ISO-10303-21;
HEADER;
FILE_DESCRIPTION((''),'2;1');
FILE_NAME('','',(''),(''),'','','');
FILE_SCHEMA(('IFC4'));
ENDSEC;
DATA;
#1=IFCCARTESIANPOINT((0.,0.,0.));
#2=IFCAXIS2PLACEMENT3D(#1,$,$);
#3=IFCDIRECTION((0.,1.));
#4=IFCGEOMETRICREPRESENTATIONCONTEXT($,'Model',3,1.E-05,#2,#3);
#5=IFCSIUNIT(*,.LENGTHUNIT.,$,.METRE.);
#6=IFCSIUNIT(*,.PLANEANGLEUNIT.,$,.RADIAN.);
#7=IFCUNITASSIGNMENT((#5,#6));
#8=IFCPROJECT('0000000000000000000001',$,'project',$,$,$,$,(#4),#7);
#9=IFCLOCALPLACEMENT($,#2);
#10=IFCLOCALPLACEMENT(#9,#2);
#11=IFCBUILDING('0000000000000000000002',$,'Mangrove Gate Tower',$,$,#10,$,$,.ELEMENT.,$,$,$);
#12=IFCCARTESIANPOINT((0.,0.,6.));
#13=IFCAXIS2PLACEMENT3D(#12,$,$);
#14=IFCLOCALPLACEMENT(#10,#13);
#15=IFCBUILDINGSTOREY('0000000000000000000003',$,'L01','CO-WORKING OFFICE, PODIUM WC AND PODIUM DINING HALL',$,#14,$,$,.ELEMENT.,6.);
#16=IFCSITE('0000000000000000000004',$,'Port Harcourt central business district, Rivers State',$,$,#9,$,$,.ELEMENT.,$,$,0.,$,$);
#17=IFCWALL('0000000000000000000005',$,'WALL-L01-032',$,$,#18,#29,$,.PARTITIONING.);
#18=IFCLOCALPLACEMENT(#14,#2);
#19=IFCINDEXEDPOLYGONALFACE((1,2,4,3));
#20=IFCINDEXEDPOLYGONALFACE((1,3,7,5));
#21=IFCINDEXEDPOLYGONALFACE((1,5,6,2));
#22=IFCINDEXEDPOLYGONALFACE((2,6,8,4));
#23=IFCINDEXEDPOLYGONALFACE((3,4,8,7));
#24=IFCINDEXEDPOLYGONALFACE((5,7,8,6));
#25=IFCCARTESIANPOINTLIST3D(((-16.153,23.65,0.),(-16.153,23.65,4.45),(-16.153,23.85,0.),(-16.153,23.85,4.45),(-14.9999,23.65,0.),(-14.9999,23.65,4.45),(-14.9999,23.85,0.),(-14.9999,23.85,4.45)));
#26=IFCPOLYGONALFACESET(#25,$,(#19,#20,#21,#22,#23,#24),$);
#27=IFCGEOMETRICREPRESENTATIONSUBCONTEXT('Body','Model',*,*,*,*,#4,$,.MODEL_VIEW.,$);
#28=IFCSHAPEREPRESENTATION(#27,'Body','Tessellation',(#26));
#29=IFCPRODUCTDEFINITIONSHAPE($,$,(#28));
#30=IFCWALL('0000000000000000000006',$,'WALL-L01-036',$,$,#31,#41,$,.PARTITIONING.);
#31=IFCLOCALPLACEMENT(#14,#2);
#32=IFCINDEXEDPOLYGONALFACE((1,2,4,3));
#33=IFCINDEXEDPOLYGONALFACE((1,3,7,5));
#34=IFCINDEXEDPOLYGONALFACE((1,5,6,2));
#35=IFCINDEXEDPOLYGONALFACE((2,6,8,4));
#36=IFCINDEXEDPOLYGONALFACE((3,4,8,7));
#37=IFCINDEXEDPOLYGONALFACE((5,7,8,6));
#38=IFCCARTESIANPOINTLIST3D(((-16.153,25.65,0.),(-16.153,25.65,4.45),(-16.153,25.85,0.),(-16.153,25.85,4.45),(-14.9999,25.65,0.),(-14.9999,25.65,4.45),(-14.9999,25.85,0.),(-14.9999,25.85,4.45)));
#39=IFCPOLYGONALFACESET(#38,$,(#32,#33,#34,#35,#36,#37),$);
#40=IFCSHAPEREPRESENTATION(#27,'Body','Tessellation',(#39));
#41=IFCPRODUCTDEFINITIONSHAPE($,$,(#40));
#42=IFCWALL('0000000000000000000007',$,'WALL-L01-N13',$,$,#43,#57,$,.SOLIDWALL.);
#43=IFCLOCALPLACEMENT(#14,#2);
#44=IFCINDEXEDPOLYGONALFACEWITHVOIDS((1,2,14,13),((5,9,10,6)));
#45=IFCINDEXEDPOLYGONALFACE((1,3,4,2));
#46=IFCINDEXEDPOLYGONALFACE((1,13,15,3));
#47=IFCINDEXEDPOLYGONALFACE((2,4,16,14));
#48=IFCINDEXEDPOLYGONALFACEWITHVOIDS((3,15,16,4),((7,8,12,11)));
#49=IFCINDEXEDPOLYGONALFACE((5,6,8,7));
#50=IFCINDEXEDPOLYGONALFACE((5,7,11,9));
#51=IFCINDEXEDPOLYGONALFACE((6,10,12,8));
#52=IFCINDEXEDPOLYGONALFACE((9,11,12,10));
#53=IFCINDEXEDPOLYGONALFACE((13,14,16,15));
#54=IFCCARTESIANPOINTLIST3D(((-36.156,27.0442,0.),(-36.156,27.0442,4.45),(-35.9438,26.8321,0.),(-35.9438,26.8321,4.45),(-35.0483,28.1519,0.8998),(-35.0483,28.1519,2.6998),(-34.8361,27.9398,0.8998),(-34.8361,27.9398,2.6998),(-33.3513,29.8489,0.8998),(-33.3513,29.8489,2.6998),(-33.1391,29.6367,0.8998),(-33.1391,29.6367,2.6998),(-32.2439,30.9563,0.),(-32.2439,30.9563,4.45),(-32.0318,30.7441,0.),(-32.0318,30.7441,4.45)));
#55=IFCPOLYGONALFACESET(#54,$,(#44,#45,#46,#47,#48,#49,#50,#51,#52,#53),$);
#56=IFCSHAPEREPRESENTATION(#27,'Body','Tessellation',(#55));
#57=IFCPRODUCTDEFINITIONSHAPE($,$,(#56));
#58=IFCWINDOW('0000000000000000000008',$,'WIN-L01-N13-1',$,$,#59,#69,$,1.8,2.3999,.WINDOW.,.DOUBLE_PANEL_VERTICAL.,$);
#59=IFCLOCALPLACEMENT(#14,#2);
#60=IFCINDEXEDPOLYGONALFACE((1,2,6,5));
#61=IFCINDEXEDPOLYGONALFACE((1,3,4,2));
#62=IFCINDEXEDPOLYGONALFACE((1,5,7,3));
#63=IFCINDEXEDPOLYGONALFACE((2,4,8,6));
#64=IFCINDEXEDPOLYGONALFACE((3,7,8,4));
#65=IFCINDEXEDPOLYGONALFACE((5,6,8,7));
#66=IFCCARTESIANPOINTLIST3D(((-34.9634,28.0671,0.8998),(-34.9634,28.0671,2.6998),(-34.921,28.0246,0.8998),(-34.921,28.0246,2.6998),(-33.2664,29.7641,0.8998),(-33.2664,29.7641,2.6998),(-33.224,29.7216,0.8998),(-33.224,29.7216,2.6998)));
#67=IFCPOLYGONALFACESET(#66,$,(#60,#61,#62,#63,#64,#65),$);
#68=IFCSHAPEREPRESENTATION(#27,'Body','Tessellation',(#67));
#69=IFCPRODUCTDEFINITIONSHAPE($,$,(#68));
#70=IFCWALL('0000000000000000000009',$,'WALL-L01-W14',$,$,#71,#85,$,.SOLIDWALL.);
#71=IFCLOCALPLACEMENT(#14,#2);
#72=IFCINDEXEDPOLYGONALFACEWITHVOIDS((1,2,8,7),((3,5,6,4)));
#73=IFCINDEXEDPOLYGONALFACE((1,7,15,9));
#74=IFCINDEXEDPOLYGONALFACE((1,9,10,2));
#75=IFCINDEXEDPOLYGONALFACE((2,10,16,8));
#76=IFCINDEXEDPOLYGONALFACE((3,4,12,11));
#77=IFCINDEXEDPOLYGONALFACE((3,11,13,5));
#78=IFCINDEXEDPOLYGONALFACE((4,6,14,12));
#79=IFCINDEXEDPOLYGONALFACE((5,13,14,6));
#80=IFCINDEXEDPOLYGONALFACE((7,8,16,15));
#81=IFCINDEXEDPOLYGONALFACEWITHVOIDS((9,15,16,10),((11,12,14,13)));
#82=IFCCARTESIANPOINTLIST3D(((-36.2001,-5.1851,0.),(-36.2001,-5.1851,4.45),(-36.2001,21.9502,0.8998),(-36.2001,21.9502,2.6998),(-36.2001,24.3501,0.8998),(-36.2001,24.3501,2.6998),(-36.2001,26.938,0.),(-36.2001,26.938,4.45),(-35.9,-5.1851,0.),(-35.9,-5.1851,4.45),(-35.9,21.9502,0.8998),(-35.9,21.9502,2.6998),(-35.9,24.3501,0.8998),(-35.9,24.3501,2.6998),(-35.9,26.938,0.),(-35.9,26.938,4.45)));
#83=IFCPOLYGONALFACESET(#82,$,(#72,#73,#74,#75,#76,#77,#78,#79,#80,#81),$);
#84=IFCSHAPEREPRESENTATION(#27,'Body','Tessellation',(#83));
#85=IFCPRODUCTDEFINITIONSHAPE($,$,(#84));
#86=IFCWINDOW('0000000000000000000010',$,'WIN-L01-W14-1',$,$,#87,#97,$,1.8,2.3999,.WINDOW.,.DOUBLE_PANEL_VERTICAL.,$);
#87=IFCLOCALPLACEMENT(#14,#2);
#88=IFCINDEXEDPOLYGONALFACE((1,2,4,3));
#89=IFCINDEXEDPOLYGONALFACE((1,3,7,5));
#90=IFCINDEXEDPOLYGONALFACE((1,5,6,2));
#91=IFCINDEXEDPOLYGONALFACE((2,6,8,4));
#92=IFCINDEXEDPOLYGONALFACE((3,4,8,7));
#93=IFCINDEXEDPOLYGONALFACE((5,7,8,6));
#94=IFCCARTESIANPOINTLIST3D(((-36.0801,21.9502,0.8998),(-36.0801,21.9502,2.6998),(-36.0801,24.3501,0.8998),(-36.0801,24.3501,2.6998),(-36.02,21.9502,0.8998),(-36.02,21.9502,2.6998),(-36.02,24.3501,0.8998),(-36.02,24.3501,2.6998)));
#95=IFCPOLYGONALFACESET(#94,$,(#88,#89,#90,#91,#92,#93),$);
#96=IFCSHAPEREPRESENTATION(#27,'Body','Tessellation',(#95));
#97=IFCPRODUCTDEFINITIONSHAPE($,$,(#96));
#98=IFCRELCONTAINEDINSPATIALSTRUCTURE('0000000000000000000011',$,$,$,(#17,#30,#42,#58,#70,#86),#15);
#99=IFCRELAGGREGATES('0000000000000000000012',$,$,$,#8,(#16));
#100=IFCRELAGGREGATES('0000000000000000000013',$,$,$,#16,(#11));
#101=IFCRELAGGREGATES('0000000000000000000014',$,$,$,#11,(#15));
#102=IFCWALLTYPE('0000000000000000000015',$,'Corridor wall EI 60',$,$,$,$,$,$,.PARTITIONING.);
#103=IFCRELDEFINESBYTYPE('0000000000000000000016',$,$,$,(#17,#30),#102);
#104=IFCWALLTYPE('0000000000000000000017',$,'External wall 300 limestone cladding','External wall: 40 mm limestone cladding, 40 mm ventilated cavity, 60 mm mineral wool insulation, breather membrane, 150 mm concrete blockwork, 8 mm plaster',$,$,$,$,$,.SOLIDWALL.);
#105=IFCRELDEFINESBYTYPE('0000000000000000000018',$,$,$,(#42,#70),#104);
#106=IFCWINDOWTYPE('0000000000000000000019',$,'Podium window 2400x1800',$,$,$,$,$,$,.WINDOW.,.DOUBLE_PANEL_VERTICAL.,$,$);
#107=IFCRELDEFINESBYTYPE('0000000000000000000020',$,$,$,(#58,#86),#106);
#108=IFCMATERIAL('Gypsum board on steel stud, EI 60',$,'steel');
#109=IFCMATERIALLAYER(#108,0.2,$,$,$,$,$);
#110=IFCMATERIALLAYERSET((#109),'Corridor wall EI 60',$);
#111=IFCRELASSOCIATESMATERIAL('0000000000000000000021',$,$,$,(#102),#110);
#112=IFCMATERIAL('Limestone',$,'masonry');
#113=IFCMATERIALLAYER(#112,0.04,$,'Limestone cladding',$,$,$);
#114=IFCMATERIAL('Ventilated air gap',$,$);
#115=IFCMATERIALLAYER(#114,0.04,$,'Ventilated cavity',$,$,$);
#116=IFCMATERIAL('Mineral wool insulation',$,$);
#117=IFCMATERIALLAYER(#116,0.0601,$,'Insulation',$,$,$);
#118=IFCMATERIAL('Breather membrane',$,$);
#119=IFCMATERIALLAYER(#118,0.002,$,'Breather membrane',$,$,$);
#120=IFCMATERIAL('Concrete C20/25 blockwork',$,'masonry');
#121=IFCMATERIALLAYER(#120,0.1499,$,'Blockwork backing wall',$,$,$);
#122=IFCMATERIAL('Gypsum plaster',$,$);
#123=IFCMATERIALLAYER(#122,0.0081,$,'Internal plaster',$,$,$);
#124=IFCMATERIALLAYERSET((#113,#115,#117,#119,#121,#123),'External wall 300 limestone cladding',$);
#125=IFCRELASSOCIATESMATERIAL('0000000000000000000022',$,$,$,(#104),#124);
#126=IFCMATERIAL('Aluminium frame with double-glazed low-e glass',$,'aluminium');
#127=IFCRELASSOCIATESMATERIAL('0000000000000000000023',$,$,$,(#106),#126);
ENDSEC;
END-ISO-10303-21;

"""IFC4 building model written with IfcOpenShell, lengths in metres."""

from ifc_helpers import new_model, si_unit, direction, frame, frame_2d, origin, place, context, subcontext, project, spatial, rectangle, extrude, material, layer, layer_set, type_object, element, fill, save


model = new_model("IFC4")

# Units and contexts
model_context = context("Model", 3, precision=1e-05, world=origin(), true_north=direction((0.0, 1.0)))
body_context = subcontext(model_context, "Body", "Model", "MODEL_VIEW")
ifc_project = project(units=[si_unit("LENGTHUNIT", "METRE"), si_unit("PLANEANGLEUNIT", "RADIAN")], contexts=[model_context])

# Site, building, storey
site_placement = place(None, origin())
site = spatial("IfcSite", under=ifc_project, at=site_placement, Name="Port Harcourt central business district, Rivers State", CompositionType="ELEMENT", RefElevation=0.0)
building_placement = place(site_placement, origin())
building = spatial("IfcBuilding", under=site, at=building_placement, Name="Mangrove Gate Tower", CompositionType="ELEMENT")
storey_placement = place(building_placement, frame((0.0, 0.0, 6.0)))
storey = spatial("IfcBuildingStorey", under=building, at=storey_placement, Name="L01", Description="CO-WORKING OFFICE, PODIUM WC AND PODIUM DINING HALL", CompositionType="ELEMENT", Elevation=6.0)

# Walls
ifc_material_1 = material(Name="Gypsum board on steel stud, EI 60", Category="steel")
ifc_layer_1 = layer(ifc_material_1, 0.2)
ifc_layer_set_1 = layer_set([ifc_layer_1], Name="Corridor wall EI 60")
wall_type_1 = type_object("IfcWallType", Name="Corridor wall EI 60", PredefinedType="PARTITIONING", material=ifc_layer_set_1)
for number, where, z_axis, x_axis, name in (
    (1, (-16.1531, 23.75, 0.0), (0.0, 0.0, 1.0), (1.0, 0.0, 0.0), "WALL-L01-032"),
    (2, (-16.1531, 25.75, 0.0), (0.0, 0.0, 1.0), (1.0, 0.0, 0.0), "WALL-L01-036"),
):
    element("IfcWall", number, at=place(storey_placement, frame(where, z_axis=z_axis, x_axis=x_axis)), inside=storey, type_object=wall_type_1, Name=name, PredefinedType="PARTITIONING", context=body_context, shape_type="SweptSolid", body=[
        extrude(rectangle(XDim=1.1531, YDim=0.2, at=frame_2d((0.5767, 0.0))), origin(), (0.0, 0.0, 1.0), 4.45),
    ])

# Walls, openings, windows
ifc_material_2 = material(Name="Limestone", Category="masonry")
ifc_layer_2 = layer(ifc_material_2, 0.04, Name="Limestone cladding")
ifc_material_3 = material(Name="Ventilated air gap")
ifc_layer_3 = layer(ifc_material_3, 0.04, Name="Ventilated cavity")
ifc_material_4 = material(Name="Mineral wool insulation")
ifc_layer_4 = layer(ifc_material_4, 0.0601, Name="Insulation")
ifc_material_5 = material(Name="Breather membrane")
ifc_layer_5 = layer(ifc_material_5, 0.002, Name="Breather membrane")
ifc_material_6 = material(Name="Concrete C20/25 blockwork", Category="masonry")
ifc_layer_6 = layer(ifc_material_6, 0.1499, Name="Blockwork backing wall")
ifc_material_7 = material(Name="Gypsum plaster")
ifc_layer_7 = layer(ifc_material_7, 0.0081, Name="Internal plaster")
ifc_layer_set_2 = layer_set([ifc_layer_2, ifc_layer_3, ifc_layer_4, ifc_layer_5, ifc_layer_6, ifc_layer_7], Name="External wall 300 limestone cladding")
wall_type_2 = type_object("IfcWallType", Name="External wall 300 limestone cladding", Description="External wall: 40 mm limestone cladding, 40 mm ventilated cavity, 60 mm mineral wool insulation, breather membrane, 150 mm concrete blockwork, 8 mm plaster", PredefinedType="SOLIDWALL", material=ifc_layer_set_2)
wall_1_placement = place(storey_placement, frame((-32.1379, 30.8501, 0.0), z_axis=(0.0, 0.0, 1.0), x_axis=(-0.707107, -0.707107, 0.0)))
wall_1 = element("IfcWall", 3, at=wall_1_placement, inside=storey, type_object=wall_type_2, Name="WALL-L01-N13", PredefinedType="SOLIDWALL", context=body_context, shape_type="SweptSolid", body=[
    extrude(rectangle(XDim=5.5325, YDim=0.3, at=frame_2d((2.7661, 0.0))), origin(), (0.0, 0.0, 1.0), 4.45),
])
opening_1_placement = place(wall_1_placement, frame((1.5659, 0.0, 0.8999)))
opening_1 = element("IfcOpeningElement", 4, at=opening_1_placement, cuts=wall_1, PredefinedType="OPENING", context=body_context, shape_type="SweptSolid", body=[
    extrude(rectangle(XDim=2.3999, YDim=1.8, at=frame_2d((1.2, 0.8999))), frame((0.0, 0.1599, 0.0), z_axis=(0.0, -1.0, 0.0), x_axis=(1.0, 0.0, 0.0)), (0.0, 0.0, 1.0), 0.3201),
])
ifc_material_8 = material(Name="Aluminium frame with double-glazed low-e glass", Category="aluminium")
window_type = type_object("IfcWindowType", Name="Podium window 2400x1800", PartitioningType="DOUBLE_PANEL_VERTICAL", PredefinedType="WINDOW", material=ifc_material_8)
window_1_placement = place(opening_1_placement, origin())
window_1 = element("IfcWindow", 5, at=window_1_placement, inside=storey, type_object=window_type, Name="WIN-L01-N13-1", OverallHeight=1.8, OverallWidth=2.3999, PartitioningType="DOUBLE_PANEL_VERTICAL", PredefinedType="WINDOW", context=body_context, shape_type="SweptSolid", body=[
    extrude(rectangle(XDim=2.3999, YDim=1.8, at=frame_2d((1.2, 0.8999))), frame((0.0, 0.03, 0.0), z_axis=(0.0, -1.0, 0.0), x_axis=(1.0, 0.0, 0.0)), (0.0, 0.0, 1.0), 0.0601),
])
fill(opening_1, window_1)
wall_2_placement = place(storey_placement, frame((-36.05, 26.938, 0.0), z_axis=(0.0, 0.0, 1.0), x_axis=(0.0, -1.0, 0.0)))
wall_2 = element("IfcWall", 6, at=wall_2_placement, inside=storey, type_object=wall_type_2, Name="WALL-L01-W14", PredefinedType="SOLIDWALL", context=body_context, shape_type="SweptSolid", body=[
    extrude(rectangle(XDim=32.123, YDim=0.3, at=frame_2d((16.0615, 0.0))), origin(), (0.0, 0.0, 1.0), 4.45),
])
opening_2_placement = place(wall_2_placement, frame((2.5879, 0.0, 0.8999)))
opening_2 = element("IfcOpeningElement", 7, at=opening_2_placement, cuts=wall_2, PredefinedType="OPENING", context=body_context, shape_type="SweptSolid", body=[
    extrude(rectangle(XDim=2.3999, YDim=1.8, at=frame_2d((1.2, 0.8999))), frame((0.0, 0.1599, 0.0), z_axis=(0.0, -1.0, 0.0), x_axis=(1.0, 0.0, 0.0)), (0.0, 0.0, 1.0), 0.3201),
])
window_2_placement = place(opening_2_placement, origin())
window_2 = element("IfcWindow", 8, at=window_2_placement, inside=storey, type_object=window_type, Name="WIN-L01-W14-1", OverallHeight=1.8, OverallWidth=2.3999, PartitioningType="DOUBLE_PANEL_VERTICAL", PredefinedType="WINDOW", context=body_context, shape_type="SweptSolid", body=[
    extrude(rectangle(XDim=2.3999, YDim=1.8, at=frame_2d((1.2, 0.8999))), frame((0.0, 0.03, 0.0), z_axis=(0.0, -1.0, 0.0), x_axis=(1.0, 0.0, 0.0)), (0.0, 0.0, 1.0), 0.0601),
])
fill(opening_2, window_2)

save(model, "model.ifc")
